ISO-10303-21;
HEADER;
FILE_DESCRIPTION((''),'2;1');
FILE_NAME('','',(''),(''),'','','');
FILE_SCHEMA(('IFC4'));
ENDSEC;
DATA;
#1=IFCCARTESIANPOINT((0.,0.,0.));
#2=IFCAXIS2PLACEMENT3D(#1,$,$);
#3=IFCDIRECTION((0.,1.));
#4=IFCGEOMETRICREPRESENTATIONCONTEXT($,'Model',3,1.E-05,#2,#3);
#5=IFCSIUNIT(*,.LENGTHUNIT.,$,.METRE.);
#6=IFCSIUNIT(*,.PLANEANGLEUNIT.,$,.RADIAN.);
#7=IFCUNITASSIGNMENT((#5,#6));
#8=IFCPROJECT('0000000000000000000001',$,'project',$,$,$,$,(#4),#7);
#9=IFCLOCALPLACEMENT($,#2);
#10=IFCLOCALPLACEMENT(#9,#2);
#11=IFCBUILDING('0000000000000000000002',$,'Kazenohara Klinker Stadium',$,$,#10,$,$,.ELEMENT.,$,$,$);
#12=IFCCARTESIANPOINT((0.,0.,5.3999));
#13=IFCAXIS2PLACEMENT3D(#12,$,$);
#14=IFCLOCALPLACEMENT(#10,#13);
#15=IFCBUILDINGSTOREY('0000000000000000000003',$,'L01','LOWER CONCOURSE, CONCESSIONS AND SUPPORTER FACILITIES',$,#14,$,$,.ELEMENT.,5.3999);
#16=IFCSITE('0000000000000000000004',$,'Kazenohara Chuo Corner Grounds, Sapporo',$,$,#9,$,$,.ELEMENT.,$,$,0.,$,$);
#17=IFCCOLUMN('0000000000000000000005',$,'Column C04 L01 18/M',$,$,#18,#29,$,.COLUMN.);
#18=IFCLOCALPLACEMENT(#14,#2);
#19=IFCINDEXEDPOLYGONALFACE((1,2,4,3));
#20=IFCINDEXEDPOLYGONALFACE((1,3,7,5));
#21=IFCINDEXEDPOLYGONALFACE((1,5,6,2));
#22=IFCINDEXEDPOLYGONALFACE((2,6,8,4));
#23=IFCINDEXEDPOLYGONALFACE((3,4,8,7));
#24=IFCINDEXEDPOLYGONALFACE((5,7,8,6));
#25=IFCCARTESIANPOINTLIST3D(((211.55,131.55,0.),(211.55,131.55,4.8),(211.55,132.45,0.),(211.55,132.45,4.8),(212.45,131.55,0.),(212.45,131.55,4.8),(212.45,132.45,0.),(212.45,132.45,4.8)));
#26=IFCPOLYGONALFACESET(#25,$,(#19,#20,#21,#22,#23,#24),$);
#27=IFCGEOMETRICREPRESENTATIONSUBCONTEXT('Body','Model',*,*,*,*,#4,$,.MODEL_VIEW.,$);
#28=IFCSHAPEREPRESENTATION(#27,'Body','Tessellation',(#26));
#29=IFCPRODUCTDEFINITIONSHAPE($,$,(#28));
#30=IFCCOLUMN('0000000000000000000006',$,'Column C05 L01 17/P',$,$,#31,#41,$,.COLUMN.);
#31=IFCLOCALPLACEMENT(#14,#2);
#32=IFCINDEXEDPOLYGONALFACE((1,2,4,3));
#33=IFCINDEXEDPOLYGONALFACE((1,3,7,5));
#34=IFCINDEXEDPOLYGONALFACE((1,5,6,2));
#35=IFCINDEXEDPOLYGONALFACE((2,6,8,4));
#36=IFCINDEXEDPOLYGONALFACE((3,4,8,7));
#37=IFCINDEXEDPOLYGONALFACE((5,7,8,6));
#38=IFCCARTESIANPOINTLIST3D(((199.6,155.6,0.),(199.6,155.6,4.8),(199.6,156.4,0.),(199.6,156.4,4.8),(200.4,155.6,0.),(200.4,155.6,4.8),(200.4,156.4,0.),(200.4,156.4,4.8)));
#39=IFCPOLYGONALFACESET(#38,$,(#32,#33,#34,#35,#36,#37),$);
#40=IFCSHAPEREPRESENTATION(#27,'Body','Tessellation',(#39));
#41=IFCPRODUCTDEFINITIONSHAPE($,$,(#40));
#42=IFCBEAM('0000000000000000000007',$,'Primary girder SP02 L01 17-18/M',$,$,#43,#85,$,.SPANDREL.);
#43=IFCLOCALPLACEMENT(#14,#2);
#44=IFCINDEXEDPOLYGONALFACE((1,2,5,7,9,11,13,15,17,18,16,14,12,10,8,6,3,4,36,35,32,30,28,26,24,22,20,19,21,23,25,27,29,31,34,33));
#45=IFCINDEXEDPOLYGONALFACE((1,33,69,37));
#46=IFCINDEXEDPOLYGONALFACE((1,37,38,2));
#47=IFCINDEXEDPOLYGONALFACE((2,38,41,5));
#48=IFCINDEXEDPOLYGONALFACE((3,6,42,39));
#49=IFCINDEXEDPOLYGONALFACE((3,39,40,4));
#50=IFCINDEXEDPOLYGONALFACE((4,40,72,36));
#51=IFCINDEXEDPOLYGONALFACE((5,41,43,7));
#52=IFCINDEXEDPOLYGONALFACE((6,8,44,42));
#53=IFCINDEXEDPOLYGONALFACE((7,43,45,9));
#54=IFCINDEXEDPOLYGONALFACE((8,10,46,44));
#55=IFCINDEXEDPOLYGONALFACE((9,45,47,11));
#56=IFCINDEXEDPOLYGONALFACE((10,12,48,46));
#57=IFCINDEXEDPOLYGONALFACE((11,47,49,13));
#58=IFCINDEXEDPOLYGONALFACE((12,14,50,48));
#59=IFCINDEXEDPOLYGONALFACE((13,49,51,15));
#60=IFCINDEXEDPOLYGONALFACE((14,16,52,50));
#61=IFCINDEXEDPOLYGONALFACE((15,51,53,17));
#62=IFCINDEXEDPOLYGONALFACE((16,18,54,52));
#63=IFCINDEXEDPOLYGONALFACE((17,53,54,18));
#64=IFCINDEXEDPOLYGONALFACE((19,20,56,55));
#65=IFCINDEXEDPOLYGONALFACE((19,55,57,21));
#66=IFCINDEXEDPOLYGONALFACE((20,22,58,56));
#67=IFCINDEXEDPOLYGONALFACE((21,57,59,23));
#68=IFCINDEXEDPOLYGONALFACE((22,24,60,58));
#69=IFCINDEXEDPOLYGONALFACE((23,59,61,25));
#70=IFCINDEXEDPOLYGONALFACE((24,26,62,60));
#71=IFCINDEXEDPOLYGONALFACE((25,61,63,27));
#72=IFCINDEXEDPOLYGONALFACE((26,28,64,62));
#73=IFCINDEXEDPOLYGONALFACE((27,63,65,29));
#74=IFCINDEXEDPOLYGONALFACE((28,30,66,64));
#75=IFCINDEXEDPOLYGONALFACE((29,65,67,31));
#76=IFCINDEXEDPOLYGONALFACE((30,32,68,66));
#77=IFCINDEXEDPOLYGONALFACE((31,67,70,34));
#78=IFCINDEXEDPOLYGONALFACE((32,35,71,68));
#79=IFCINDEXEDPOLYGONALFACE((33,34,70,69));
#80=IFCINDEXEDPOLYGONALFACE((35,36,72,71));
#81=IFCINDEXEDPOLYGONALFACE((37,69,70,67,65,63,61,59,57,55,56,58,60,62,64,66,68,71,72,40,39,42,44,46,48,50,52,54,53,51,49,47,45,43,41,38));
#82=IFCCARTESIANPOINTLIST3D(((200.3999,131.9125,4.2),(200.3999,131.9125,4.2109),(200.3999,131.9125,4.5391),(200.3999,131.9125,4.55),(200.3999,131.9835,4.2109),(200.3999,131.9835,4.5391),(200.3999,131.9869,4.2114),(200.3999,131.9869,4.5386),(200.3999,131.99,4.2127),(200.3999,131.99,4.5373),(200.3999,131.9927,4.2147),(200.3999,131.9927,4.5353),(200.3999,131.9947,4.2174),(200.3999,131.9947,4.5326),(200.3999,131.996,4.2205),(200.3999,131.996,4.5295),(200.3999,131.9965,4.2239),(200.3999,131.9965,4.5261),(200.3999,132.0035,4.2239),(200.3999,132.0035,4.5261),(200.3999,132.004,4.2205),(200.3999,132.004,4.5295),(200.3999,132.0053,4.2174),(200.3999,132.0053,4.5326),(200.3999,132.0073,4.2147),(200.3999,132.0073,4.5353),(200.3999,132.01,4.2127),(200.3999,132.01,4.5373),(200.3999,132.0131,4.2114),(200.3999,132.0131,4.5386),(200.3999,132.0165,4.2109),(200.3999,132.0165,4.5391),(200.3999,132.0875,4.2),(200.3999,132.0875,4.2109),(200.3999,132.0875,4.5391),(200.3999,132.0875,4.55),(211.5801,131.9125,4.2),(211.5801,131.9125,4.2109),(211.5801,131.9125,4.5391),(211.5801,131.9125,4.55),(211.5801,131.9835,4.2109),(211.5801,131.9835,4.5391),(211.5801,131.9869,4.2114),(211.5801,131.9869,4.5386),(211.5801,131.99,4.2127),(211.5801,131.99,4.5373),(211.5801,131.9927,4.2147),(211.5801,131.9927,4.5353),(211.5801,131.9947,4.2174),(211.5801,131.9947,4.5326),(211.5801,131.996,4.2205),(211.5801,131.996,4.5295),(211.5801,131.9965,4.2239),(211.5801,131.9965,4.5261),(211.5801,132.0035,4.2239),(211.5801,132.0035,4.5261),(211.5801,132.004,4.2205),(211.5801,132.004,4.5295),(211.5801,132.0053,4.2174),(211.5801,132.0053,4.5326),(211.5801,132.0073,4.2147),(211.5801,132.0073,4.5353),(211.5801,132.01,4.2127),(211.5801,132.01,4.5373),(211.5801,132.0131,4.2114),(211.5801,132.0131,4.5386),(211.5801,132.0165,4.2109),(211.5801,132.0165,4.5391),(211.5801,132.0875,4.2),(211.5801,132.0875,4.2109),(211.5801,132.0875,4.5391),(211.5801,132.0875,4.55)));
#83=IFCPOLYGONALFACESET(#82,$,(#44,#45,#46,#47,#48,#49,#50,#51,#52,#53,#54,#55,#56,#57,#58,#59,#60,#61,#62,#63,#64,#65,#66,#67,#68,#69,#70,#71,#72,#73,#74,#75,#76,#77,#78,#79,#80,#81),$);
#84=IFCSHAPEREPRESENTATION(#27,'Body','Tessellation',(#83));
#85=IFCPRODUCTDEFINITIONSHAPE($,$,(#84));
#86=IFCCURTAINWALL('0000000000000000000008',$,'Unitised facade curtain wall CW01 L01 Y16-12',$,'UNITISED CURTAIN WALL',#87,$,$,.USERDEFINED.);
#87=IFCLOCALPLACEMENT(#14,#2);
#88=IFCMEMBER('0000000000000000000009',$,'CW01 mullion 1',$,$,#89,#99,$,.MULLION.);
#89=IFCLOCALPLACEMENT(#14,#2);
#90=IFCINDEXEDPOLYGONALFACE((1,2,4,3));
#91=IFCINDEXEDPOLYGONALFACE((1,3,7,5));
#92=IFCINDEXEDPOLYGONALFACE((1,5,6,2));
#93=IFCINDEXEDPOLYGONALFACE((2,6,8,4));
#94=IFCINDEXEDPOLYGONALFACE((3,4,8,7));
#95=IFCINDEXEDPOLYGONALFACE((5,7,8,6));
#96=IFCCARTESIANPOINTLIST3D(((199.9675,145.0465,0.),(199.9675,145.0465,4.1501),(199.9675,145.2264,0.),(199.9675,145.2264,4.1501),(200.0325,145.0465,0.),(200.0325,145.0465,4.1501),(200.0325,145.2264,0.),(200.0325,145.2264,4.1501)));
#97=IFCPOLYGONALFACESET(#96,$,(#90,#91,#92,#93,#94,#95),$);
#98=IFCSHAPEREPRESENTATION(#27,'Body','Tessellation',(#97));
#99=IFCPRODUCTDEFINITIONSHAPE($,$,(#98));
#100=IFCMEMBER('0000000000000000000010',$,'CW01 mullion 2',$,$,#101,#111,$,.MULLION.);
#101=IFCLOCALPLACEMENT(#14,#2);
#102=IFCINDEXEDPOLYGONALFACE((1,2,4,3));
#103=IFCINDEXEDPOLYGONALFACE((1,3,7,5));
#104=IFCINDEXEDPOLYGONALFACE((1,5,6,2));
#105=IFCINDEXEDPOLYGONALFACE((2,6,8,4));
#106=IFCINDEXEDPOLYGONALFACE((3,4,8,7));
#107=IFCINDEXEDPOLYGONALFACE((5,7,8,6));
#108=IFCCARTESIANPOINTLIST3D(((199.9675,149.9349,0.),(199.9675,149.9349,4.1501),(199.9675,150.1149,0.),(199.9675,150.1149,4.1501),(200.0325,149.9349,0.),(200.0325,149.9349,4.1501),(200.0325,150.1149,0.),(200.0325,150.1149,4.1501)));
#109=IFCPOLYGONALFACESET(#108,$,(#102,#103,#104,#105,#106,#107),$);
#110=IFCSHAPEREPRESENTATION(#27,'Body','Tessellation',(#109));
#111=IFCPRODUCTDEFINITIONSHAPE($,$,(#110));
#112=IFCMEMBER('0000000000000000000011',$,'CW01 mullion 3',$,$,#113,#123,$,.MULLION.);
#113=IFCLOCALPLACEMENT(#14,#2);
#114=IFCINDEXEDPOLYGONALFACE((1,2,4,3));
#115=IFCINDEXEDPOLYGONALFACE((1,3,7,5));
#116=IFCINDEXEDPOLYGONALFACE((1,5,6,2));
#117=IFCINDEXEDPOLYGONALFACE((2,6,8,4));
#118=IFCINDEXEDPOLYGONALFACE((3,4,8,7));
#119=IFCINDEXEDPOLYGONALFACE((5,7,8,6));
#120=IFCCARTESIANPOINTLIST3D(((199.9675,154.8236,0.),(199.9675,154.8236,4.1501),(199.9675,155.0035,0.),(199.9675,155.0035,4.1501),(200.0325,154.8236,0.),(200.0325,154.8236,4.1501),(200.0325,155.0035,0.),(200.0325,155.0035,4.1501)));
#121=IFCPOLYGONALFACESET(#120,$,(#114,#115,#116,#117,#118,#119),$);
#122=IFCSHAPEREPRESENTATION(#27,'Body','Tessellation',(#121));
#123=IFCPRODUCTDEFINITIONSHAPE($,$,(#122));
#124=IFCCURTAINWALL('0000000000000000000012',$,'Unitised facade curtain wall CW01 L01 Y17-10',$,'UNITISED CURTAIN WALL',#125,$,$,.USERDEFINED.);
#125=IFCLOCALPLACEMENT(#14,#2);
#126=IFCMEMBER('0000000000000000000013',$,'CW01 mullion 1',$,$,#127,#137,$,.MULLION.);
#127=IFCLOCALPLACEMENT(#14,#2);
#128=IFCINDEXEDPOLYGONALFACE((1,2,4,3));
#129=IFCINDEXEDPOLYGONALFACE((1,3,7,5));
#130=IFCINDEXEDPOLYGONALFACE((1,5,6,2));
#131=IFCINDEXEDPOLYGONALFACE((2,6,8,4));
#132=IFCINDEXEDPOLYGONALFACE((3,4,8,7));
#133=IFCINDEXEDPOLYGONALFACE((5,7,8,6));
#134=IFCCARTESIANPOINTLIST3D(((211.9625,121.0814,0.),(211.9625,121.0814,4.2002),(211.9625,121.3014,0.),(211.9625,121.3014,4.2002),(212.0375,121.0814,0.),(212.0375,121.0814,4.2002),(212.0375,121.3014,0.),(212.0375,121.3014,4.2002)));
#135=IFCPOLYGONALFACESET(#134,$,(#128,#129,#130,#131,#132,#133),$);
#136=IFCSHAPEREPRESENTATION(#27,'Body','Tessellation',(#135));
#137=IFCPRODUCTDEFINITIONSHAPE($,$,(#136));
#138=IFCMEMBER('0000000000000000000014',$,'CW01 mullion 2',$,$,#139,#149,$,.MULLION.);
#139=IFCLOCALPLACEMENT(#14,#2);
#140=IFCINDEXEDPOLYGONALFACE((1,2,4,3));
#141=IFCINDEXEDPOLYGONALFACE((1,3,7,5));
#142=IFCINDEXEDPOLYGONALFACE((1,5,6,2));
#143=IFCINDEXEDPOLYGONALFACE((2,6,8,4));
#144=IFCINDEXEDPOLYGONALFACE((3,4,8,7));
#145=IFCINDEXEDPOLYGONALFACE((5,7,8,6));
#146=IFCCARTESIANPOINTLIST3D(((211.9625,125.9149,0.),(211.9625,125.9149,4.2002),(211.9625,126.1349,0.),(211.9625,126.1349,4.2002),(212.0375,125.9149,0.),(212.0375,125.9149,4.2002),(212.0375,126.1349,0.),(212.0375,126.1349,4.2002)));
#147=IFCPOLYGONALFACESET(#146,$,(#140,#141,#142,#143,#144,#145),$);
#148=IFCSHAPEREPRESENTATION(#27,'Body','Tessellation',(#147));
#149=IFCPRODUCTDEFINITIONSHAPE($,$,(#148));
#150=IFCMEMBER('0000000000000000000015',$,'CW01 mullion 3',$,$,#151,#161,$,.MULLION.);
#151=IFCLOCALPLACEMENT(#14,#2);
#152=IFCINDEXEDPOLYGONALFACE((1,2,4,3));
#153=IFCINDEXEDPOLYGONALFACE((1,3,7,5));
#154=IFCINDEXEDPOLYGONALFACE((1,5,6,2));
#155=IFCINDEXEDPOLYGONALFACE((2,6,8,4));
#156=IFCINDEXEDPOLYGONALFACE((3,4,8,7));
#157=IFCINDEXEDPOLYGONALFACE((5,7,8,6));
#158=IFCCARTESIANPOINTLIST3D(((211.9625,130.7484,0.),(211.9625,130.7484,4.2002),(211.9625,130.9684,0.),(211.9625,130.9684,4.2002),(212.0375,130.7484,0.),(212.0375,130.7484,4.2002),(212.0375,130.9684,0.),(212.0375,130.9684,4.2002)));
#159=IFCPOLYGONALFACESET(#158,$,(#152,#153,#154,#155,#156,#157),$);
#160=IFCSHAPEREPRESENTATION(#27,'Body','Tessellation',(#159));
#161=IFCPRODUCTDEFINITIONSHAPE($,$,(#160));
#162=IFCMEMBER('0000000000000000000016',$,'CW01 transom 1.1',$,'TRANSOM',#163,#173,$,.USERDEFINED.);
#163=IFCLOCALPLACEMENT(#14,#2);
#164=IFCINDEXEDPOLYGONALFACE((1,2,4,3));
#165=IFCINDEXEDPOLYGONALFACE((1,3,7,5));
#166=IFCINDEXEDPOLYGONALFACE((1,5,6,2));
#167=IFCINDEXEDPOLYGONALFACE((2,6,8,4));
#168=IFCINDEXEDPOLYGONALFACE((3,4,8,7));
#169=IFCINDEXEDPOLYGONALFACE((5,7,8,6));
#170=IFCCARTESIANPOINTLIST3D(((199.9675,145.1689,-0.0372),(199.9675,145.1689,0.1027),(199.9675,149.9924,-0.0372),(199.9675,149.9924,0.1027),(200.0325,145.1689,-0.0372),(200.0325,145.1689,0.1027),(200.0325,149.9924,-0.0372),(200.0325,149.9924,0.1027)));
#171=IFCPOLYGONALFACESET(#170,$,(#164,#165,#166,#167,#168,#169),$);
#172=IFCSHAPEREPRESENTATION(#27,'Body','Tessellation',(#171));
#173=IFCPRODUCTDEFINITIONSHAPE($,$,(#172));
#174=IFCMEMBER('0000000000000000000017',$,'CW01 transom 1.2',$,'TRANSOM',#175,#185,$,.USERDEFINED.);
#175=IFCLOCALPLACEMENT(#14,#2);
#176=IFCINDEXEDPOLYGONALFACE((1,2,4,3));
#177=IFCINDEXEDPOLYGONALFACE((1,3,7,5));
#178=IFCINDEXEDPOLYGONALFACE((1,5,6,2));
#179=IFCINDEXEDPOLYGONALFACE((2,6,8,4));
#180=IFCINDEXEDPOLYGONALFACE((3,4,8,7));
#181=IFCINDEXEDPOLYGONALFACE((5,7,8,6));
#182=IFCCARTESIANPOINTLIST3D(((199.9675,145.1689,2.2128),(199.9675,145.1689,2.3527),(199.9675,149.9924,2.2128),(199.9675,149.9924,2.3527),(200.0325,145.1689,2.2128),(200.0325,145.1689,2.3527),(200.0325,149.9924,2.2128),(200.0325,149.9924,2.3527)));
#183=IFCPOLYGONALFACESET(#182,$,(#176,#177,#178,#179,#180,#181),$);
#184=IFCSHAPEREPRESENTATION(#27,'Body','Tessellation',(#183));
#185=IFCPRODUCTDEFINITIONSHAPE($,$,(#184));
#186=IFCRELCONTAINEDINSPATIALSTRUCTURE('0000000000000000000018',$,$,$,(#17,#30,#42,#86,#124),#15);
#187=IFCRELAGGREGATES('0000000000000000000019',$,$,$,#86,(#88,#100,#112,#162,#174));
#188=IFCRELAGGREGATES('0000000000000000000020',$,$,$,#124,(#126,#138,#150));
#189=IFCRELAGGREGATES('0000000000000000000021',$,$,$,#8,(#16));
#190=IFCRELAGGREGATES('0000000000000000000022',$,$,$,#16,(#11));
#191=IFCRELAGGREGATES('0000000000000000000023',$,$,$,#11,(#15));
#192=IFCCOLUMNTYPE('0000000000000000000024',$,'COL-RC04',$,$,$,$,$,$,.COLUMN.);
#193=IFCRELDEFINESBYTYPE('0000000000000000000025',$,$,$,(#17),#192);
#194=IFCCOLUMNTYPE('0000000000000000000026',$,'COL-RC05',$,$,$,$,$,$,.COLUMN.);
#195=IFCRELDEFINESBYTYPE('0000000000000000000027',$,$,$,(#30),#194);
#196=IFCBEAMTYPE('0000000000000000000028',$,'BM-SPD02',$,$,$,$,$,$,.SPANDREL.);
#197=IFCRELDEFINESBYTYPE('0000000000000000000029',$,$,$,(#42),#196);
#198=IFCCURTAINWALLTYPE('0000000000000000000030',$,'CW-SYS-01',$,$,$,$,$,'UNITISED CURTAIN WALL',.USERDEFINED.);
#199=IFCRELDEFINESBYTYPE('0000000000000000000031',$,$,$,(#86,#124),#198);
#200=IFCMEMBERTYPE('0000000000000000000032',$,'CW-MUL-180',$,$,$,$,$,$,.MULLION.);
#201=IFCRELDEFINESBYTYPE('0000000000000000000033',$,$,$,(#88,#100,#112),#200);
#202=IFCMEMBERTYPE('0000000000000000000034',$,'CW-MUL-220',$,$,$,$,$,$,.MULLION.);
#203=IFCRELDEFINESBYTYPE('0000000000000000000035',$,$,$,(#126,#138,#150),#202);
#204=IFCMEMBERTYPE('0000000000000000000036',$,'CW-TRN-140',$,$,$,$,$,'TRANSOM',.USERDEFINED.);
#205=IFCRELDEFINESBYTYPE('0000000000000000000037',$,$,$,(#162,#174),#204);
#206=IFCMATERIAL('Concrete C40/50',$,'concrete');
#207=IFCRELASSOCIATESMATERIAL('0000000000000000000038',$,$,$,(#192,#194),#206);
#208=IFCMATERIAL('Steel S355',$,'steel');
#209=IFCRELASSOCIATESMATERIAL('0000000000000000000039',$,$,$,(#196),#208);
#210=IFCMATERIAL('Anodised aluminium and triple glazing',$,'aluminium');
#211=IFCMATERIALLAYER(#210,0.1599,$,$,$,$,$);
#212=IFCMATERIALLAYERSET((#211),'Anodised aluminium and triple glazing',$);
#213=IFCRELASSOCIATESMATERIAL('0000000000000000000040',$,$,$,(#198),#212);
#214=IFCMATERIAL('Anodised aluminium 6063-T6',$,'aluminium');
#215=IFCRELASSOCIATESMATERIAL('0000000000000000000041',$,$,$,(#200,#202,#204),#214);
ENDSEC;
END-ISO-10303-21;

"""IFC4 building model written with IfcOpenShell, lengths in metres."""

from ifc_helpers import new_model, si_unit, direction, frame, origin, origin_2d, place, context, subcontext, project, spatial, rectangle, i_section, extrude, material, layer, layer_set, material_profile, profile_set, type_object, element, aggregate, save


model = new_model("IFC4")

# Units and contexts
model_context = context("Model", 3, precision=1e-05, world=origin(), true_north=direction((0.0, 1.0)))
body_context = subcontext(model_context, "Body", "Model", "MODEL_VIEW")
ifc_project = project(units=[si_unit("LENGTHUNIT", "METRE"), si_unit("PLANEANGLEUNIT", "RADIAN")], contexts=[model_context])

# Site, building, storey
site_placement = place(None, origin())
site = spatial("IfcSite", under=ifc_project, at=site_placement, Name="Kazenohara Chuo Corner Grounds, Sapporo", CompositionType="ELEMENT", RefElevation=0.0)
building_placement = place(site_placement, origin())
building = spatial("IfcBuilding", under=site, at=building_placement, Name="Kazenohara Klinker Stadium", CompositionType="ELEMENT")
storey_placement = place(building_placement, frame((0.0, 0.0, 5.3999)))
storey = spatial("IfcBuildingStorey", under=building, at=storey_placement, Name="L01", Description="LOWER CONCOURSE, CONCESSIONS AND SUPPORTER FACILITIES", CompositionType="ELEMENT", Elevation=5.3999)

# Columns
ifc_material_1 = material(Name="Concrete C40/50", Category="concrete")
ifc_material_profile_1 = material_profile(ifc_material_1, rectangle(XDim=0.8999, YDim=0.8999, at=origin_2d()), Name="RC-COL-900x900")
ifc_profile_set_1 = profile_set([ifc_material_profile_1], Name="Concrete C40/50")
column_type_1 = type_object("IfcColumnType", Name="COL-RC04", PredefinedType="COLUMN", material=ifc_profile_set_1)
column_1_placement = place(storey_placement, frame((212.0, 132.0, 0.0), z_axis=(0.0, 0.0, 1.0), x_axis=(1.0, 0.0, 0.0)))
element("IfcColumn", 1, at=column_1_placement, inside=storey, type_object=column_type_1, Name="Column C04 L01 18/M", PredefinedType="COLUMN", context=body_context, shape_type="SweptSolid", body=[
    extrude(rectangle(XDim=0.8999, YDim=0.8999, at=origin_2d()), origin(), (0.0, 0.0, 1.0), 4.8),
])
ifc_material_profile_2 = material_profile(ifc_material_1, rectangle(XDim=0.8, YDim=0.8, at=origin_2d()), Name="RC-COL-800x800")
ifc_profile_set_2 = profile_set([ifc_material_profile_2], Name="Concrete C40/50")
column_type_2 = type_object("IfcColumnType", Name="COL-RC05", PredefinedType="COLUMN", material=ifc_profile_set_2)
column_2_placement = place(storey_placement, frame((200.0, 156.0, 0.0), z_axis=(0.0, 0.0, 1.0), x_axis=(1.0, 0.0, 0.0)))
element("IfcColumn", 2, at=column_2_placement, inside=storey, type_object=column_type_2, Name="Column C05 L01 17/P", PredefinedType="COLUMN", context=body_context, shape_type="SweptSolid", body=[
    extrude(rectangle(XDim=0.8, YDim=0.8, at=origin_2d()), origin(), (0.0, 0.0, 1.0), 4.8),
])

# Beam
ifc_material_2 = material(Name="Steel S355", Category="steel")
ifc_material_profile_3 = material_profile(ifc_material_2, i_section(OverallWidth=0.175, OverallDepth=0.3501, WebThickness=0.0071, FlangeThickness=0.011, FilletRadius=0.0129, at=origin_2d()), Name="H-350x175x7x11")
ifc_profile_set_3 = profile_set([ifc_material_profile_3], Name="Steel S355")
beam_type = type_object("IfcBeamType", Name="BM-SPD02", PredefinedType="SPANDREL", material=ifc_profile_set_3)
beam_placement = place(storey_placement, frame((200.3999, 132.0, 4.375), z_axis=(1.0, 0.0, 0.0), x_axis=(0.0, 1.0, 0.0)))
element("IfcBeam", 3, at=beam_placement, inside=storey, type_object=beam_type, Name="Primary girder SP02 L01 17-18/M", PredefinedType="SPANDREL", context=body_context, shape_type="SweptSolid", body=[
    extrude(i_section(OverallWidth=0.175, OverallDepth=0.3501, WebThickness=0.0071, FlangeThickness=0.011, FilletRadius=0.0129, at=origin_2d()), origin(), (0.0, 0.0, 1.0), 11.1802),
])

# Curtain walls, members
ifc_material_3 = material(Name="Anodised aluminium and triple glazing", Category="aluminium")
ifc_layer_1 = layer(ifc_material_3, 0.1599)
ifc_layer_set_1 = layer_set([ifc_layer_1], Name="Anodised aluminium and triple glazing")
curtain_wall_type = type_object("IfcCurtainWallType", Name="CW-SYS-01", ElementType="UNITISED CURTAIN WALL", PredefinedType="USERDEFINED", material=ifc_layer_set_1)
curtain_wall_1_placement = place(storey_placement, origin())
curtain_wall_1 = element("IfcCurtainWall", 4, at=curtain_wall_1_placement, inside=storey, type_object=curtain_wall_type, Name="Unitised facade curtain wall CW01 L01 Y16-12", ObjectType="UNITISED CURTAIN WALL", PredefinedType="USERDEFINED")
ifc_material_4 = material(Name="Anodised aluminium 6063-T6", Category="aluminium")
ifc_material_profile_4 = material_profile(ifc_material_4, rectangle(XDim=0.0649, YDim=0.1799, at=origin_2d()), Name="ALU-MUL-65x180")
ifc_profile_set_4 = profile_set([ifc_material_profile_4], Name="Anodised aluminium 6063-T6")
member_type_1 = type_object("IfcMemberType", Name="CW-MUL-180", PredefinedType="MULLION", material=ifc_profile_set_4)
member_1_placement = place(storey_placement, frame((200.0, 145.1365, 0.0), z_axis=(0.0, 0.0, 1.0), x_axis=(-1.0, 0.0, 0.0)))
member_1 = element("IfcMember", 5, at=member_1_placement, type_object=member_type_1, Name="CW01 mullion 1", PredefinedType="MULLION", context=body_context, shape_type="SweptSolid", body=[
    extrude(rectangle(XDim=0.0649, YDim=0.1799, at=origin_2d()), origin(), (0.0, 0.0, 1.0), 4.1501),
])
member_2_placement = place(storey_placement, frame((200.0, 150.0249, 0.0), z_axis=(0.0, 0.0, 1.0), x_axis=(-1.0, 0.0, 0.0)))
member_2 = element("IfcMember", 6, at=member_2_placement, type_object=member_type_1, Name="CW01 mullion 2", PredefinedType="MULLION", context=body_context, shape_type="SweptSolid", body=[
    extrude(rectangle(XDim=0.0649, YDim=0.1799, at=origin_2d()), origin(), (0.0, 0.0, 1.0), 4.1501),
])
member_3_placement = place(storey_placement, frame((200.0, 154.9136, 0.0), z_axis=(0.0, 0.0, 1.0), x_axis=(-1.0, 0.0, 0.0)))
member_3 = element("IfcMember", 7, at=member_3_placement, type_object=member_type_1, Name="CW01 mullion 3", PredefinedType="MULLION", context=body_context, shape_type="SweptSolid", body=[
    extrude(rectangle(XDim=0.0649, YDim=0.1799, at=origin_2d()), origin(), (0.0, 0.0, 1.0), 4.1501),
])
curtain_wall_2_placement = place(storey_placement, origin())
curtain_wall_2 = element("IfcCurtainWall", 8, at=curtain_wall_2_placement, inside=storey, type_object=curtain_wall_type, Name="Unitised facade curtain wall CW01 L01 Y17-10", ObjectType="UNITISED CURTAIN WALL", PredefinedType="USERDEFINED")
ifc_material_profile_5 = material_profile(ifc_material_4, rectangle(XDim=0.075, YDim=0.22, at=origin_2d()), Name="ALU-MUL-75x220")
ifc_profile_set_5 = profile_set([ifc_material_profile_5], Name="Anodised aluminium 6063-T6")
member_type_2 = type_object("IfcMemberType", Name="CW-MUL-220", PredefinedType="MULLION", material=ifc_profile_set_5)
member_4_placement = place(storey_placement, frame((212.0, 121.1914, 0.0), z_axis=(0.0, 0.0, 1.0), x_axis=(-1.0, 0.0, 0.0)))
member_4 = element("IfcMember", 9, at=member_4_placement, type_object=member_type_2, Name="CW01 mullion 1", PredefinedType="MULLION", context=body_context, shape_type="SweptSolid", body=[
    extrude(rectangle(XDim=0.075, YDim=0.22, at=origin_2d()), origin(), (0.0, 0.0, 1.0), 4.2002),
])
member_5_placement = place(storey_placement, frame((212.0, 126.0249, 0.0), z_axis=(0.0, 0.0, 1.0), x_axis=(-1.0, 0.0, 0.0)))
member_5 = element("IfcMember", 10, at=member_5_placement, type_object=member_type_2, Name="CW01 mullion 2", PredefinedType="MULLION", context=body_context, shape_type="SweptSolid", body=[
    extrude(rectangle(XDim=0.075, YDim=0.22, at=origin_2d()), origin(), (0.0, 0.0, 1.0), 4.2002),
])
member_6_placement = place(storey_placement, frame((212.0, 130.8584, 0.0), z_axis=(0.0, 0.0, 1.0), x_axis=(-1.0, 0.0, 0.0)))
member_6 = element("IfcMember", 11, at=member_6_placement, type_object=member_type_2, Name="CW01 mullion 3", PredefinedType="MULLION", context=body_context, shape_type="SweptSolid", body=[
    extrude(rectangle(XDim=0.075, YDim=0.22, at=origin_2d()), origin(), (0.0, 0.0, 1.0), 4.2002),
])

# Members
ifc_material_profile_6 = material_profile(ifc_material_4, rectangle(XDim=0.0649, YDim=0.1399, at=origin_2d()), Name="ALU-TRN-65x140")
ifc_profile_set_6 = profile_set([ifc_material_profile_6], Name="Anodised aluminium 6063-T6")
member_type_3 = type_object("IfcMemberType", Name="CW-TRN-140", ElementType="TRANSOM", PredefinedType="USERDEFINED", material=ifc_profile_set_6)
member_7_placement = place(storey_placement, frame((200.0, 145.1689, 0.0327), z_axis=(0.0, 1.0, 0.0), x_axis=(-1.0, 0.0, 0.0)))
member_7 = element("IfcMember", 12, at=member_7_placement, type_object=member_type_3, Name="CW01 transom 1.1", ObjectType="TRANSOM", PredefinedType="USERDEFINED", context=body_context, shape_type="SweptSolid", body=[
    extrude(rectangle(XDim=0.0649, YDim=0.1399, at=origin_2d()), origin(), (0.0, 0.0, 1.0), 4.8235),
])
member_8_placement = place(storey_placement, frame((200.0, 145.1689, 2.2827), z_axis=(0.0, 1.0, 0.0), x_axis=(-1.0, 0.0, 0.0)))
member_8 = element("IfcMember", 13, at=member_8_placement, type_object=member_type_3, Name="CW01 transom 1.2", ObjectType="TRANSOM", PredefinedType="USERDEFINED", context=body_context, shape_type="SweptSolid", body=[
    extrude(rectangle(XDim=0.0649, YDim=0.1399, at=origin_2d()), origin(), (0.0, 0.0, 1.0), 4.8235),
])

aggregate(curtain_wall_1, [member_1, member_2, member_3, member_7, member_8])
aggregate(curtain_wall_2, [member_4, member_5, member_6])

save(model, "model.ifc")
